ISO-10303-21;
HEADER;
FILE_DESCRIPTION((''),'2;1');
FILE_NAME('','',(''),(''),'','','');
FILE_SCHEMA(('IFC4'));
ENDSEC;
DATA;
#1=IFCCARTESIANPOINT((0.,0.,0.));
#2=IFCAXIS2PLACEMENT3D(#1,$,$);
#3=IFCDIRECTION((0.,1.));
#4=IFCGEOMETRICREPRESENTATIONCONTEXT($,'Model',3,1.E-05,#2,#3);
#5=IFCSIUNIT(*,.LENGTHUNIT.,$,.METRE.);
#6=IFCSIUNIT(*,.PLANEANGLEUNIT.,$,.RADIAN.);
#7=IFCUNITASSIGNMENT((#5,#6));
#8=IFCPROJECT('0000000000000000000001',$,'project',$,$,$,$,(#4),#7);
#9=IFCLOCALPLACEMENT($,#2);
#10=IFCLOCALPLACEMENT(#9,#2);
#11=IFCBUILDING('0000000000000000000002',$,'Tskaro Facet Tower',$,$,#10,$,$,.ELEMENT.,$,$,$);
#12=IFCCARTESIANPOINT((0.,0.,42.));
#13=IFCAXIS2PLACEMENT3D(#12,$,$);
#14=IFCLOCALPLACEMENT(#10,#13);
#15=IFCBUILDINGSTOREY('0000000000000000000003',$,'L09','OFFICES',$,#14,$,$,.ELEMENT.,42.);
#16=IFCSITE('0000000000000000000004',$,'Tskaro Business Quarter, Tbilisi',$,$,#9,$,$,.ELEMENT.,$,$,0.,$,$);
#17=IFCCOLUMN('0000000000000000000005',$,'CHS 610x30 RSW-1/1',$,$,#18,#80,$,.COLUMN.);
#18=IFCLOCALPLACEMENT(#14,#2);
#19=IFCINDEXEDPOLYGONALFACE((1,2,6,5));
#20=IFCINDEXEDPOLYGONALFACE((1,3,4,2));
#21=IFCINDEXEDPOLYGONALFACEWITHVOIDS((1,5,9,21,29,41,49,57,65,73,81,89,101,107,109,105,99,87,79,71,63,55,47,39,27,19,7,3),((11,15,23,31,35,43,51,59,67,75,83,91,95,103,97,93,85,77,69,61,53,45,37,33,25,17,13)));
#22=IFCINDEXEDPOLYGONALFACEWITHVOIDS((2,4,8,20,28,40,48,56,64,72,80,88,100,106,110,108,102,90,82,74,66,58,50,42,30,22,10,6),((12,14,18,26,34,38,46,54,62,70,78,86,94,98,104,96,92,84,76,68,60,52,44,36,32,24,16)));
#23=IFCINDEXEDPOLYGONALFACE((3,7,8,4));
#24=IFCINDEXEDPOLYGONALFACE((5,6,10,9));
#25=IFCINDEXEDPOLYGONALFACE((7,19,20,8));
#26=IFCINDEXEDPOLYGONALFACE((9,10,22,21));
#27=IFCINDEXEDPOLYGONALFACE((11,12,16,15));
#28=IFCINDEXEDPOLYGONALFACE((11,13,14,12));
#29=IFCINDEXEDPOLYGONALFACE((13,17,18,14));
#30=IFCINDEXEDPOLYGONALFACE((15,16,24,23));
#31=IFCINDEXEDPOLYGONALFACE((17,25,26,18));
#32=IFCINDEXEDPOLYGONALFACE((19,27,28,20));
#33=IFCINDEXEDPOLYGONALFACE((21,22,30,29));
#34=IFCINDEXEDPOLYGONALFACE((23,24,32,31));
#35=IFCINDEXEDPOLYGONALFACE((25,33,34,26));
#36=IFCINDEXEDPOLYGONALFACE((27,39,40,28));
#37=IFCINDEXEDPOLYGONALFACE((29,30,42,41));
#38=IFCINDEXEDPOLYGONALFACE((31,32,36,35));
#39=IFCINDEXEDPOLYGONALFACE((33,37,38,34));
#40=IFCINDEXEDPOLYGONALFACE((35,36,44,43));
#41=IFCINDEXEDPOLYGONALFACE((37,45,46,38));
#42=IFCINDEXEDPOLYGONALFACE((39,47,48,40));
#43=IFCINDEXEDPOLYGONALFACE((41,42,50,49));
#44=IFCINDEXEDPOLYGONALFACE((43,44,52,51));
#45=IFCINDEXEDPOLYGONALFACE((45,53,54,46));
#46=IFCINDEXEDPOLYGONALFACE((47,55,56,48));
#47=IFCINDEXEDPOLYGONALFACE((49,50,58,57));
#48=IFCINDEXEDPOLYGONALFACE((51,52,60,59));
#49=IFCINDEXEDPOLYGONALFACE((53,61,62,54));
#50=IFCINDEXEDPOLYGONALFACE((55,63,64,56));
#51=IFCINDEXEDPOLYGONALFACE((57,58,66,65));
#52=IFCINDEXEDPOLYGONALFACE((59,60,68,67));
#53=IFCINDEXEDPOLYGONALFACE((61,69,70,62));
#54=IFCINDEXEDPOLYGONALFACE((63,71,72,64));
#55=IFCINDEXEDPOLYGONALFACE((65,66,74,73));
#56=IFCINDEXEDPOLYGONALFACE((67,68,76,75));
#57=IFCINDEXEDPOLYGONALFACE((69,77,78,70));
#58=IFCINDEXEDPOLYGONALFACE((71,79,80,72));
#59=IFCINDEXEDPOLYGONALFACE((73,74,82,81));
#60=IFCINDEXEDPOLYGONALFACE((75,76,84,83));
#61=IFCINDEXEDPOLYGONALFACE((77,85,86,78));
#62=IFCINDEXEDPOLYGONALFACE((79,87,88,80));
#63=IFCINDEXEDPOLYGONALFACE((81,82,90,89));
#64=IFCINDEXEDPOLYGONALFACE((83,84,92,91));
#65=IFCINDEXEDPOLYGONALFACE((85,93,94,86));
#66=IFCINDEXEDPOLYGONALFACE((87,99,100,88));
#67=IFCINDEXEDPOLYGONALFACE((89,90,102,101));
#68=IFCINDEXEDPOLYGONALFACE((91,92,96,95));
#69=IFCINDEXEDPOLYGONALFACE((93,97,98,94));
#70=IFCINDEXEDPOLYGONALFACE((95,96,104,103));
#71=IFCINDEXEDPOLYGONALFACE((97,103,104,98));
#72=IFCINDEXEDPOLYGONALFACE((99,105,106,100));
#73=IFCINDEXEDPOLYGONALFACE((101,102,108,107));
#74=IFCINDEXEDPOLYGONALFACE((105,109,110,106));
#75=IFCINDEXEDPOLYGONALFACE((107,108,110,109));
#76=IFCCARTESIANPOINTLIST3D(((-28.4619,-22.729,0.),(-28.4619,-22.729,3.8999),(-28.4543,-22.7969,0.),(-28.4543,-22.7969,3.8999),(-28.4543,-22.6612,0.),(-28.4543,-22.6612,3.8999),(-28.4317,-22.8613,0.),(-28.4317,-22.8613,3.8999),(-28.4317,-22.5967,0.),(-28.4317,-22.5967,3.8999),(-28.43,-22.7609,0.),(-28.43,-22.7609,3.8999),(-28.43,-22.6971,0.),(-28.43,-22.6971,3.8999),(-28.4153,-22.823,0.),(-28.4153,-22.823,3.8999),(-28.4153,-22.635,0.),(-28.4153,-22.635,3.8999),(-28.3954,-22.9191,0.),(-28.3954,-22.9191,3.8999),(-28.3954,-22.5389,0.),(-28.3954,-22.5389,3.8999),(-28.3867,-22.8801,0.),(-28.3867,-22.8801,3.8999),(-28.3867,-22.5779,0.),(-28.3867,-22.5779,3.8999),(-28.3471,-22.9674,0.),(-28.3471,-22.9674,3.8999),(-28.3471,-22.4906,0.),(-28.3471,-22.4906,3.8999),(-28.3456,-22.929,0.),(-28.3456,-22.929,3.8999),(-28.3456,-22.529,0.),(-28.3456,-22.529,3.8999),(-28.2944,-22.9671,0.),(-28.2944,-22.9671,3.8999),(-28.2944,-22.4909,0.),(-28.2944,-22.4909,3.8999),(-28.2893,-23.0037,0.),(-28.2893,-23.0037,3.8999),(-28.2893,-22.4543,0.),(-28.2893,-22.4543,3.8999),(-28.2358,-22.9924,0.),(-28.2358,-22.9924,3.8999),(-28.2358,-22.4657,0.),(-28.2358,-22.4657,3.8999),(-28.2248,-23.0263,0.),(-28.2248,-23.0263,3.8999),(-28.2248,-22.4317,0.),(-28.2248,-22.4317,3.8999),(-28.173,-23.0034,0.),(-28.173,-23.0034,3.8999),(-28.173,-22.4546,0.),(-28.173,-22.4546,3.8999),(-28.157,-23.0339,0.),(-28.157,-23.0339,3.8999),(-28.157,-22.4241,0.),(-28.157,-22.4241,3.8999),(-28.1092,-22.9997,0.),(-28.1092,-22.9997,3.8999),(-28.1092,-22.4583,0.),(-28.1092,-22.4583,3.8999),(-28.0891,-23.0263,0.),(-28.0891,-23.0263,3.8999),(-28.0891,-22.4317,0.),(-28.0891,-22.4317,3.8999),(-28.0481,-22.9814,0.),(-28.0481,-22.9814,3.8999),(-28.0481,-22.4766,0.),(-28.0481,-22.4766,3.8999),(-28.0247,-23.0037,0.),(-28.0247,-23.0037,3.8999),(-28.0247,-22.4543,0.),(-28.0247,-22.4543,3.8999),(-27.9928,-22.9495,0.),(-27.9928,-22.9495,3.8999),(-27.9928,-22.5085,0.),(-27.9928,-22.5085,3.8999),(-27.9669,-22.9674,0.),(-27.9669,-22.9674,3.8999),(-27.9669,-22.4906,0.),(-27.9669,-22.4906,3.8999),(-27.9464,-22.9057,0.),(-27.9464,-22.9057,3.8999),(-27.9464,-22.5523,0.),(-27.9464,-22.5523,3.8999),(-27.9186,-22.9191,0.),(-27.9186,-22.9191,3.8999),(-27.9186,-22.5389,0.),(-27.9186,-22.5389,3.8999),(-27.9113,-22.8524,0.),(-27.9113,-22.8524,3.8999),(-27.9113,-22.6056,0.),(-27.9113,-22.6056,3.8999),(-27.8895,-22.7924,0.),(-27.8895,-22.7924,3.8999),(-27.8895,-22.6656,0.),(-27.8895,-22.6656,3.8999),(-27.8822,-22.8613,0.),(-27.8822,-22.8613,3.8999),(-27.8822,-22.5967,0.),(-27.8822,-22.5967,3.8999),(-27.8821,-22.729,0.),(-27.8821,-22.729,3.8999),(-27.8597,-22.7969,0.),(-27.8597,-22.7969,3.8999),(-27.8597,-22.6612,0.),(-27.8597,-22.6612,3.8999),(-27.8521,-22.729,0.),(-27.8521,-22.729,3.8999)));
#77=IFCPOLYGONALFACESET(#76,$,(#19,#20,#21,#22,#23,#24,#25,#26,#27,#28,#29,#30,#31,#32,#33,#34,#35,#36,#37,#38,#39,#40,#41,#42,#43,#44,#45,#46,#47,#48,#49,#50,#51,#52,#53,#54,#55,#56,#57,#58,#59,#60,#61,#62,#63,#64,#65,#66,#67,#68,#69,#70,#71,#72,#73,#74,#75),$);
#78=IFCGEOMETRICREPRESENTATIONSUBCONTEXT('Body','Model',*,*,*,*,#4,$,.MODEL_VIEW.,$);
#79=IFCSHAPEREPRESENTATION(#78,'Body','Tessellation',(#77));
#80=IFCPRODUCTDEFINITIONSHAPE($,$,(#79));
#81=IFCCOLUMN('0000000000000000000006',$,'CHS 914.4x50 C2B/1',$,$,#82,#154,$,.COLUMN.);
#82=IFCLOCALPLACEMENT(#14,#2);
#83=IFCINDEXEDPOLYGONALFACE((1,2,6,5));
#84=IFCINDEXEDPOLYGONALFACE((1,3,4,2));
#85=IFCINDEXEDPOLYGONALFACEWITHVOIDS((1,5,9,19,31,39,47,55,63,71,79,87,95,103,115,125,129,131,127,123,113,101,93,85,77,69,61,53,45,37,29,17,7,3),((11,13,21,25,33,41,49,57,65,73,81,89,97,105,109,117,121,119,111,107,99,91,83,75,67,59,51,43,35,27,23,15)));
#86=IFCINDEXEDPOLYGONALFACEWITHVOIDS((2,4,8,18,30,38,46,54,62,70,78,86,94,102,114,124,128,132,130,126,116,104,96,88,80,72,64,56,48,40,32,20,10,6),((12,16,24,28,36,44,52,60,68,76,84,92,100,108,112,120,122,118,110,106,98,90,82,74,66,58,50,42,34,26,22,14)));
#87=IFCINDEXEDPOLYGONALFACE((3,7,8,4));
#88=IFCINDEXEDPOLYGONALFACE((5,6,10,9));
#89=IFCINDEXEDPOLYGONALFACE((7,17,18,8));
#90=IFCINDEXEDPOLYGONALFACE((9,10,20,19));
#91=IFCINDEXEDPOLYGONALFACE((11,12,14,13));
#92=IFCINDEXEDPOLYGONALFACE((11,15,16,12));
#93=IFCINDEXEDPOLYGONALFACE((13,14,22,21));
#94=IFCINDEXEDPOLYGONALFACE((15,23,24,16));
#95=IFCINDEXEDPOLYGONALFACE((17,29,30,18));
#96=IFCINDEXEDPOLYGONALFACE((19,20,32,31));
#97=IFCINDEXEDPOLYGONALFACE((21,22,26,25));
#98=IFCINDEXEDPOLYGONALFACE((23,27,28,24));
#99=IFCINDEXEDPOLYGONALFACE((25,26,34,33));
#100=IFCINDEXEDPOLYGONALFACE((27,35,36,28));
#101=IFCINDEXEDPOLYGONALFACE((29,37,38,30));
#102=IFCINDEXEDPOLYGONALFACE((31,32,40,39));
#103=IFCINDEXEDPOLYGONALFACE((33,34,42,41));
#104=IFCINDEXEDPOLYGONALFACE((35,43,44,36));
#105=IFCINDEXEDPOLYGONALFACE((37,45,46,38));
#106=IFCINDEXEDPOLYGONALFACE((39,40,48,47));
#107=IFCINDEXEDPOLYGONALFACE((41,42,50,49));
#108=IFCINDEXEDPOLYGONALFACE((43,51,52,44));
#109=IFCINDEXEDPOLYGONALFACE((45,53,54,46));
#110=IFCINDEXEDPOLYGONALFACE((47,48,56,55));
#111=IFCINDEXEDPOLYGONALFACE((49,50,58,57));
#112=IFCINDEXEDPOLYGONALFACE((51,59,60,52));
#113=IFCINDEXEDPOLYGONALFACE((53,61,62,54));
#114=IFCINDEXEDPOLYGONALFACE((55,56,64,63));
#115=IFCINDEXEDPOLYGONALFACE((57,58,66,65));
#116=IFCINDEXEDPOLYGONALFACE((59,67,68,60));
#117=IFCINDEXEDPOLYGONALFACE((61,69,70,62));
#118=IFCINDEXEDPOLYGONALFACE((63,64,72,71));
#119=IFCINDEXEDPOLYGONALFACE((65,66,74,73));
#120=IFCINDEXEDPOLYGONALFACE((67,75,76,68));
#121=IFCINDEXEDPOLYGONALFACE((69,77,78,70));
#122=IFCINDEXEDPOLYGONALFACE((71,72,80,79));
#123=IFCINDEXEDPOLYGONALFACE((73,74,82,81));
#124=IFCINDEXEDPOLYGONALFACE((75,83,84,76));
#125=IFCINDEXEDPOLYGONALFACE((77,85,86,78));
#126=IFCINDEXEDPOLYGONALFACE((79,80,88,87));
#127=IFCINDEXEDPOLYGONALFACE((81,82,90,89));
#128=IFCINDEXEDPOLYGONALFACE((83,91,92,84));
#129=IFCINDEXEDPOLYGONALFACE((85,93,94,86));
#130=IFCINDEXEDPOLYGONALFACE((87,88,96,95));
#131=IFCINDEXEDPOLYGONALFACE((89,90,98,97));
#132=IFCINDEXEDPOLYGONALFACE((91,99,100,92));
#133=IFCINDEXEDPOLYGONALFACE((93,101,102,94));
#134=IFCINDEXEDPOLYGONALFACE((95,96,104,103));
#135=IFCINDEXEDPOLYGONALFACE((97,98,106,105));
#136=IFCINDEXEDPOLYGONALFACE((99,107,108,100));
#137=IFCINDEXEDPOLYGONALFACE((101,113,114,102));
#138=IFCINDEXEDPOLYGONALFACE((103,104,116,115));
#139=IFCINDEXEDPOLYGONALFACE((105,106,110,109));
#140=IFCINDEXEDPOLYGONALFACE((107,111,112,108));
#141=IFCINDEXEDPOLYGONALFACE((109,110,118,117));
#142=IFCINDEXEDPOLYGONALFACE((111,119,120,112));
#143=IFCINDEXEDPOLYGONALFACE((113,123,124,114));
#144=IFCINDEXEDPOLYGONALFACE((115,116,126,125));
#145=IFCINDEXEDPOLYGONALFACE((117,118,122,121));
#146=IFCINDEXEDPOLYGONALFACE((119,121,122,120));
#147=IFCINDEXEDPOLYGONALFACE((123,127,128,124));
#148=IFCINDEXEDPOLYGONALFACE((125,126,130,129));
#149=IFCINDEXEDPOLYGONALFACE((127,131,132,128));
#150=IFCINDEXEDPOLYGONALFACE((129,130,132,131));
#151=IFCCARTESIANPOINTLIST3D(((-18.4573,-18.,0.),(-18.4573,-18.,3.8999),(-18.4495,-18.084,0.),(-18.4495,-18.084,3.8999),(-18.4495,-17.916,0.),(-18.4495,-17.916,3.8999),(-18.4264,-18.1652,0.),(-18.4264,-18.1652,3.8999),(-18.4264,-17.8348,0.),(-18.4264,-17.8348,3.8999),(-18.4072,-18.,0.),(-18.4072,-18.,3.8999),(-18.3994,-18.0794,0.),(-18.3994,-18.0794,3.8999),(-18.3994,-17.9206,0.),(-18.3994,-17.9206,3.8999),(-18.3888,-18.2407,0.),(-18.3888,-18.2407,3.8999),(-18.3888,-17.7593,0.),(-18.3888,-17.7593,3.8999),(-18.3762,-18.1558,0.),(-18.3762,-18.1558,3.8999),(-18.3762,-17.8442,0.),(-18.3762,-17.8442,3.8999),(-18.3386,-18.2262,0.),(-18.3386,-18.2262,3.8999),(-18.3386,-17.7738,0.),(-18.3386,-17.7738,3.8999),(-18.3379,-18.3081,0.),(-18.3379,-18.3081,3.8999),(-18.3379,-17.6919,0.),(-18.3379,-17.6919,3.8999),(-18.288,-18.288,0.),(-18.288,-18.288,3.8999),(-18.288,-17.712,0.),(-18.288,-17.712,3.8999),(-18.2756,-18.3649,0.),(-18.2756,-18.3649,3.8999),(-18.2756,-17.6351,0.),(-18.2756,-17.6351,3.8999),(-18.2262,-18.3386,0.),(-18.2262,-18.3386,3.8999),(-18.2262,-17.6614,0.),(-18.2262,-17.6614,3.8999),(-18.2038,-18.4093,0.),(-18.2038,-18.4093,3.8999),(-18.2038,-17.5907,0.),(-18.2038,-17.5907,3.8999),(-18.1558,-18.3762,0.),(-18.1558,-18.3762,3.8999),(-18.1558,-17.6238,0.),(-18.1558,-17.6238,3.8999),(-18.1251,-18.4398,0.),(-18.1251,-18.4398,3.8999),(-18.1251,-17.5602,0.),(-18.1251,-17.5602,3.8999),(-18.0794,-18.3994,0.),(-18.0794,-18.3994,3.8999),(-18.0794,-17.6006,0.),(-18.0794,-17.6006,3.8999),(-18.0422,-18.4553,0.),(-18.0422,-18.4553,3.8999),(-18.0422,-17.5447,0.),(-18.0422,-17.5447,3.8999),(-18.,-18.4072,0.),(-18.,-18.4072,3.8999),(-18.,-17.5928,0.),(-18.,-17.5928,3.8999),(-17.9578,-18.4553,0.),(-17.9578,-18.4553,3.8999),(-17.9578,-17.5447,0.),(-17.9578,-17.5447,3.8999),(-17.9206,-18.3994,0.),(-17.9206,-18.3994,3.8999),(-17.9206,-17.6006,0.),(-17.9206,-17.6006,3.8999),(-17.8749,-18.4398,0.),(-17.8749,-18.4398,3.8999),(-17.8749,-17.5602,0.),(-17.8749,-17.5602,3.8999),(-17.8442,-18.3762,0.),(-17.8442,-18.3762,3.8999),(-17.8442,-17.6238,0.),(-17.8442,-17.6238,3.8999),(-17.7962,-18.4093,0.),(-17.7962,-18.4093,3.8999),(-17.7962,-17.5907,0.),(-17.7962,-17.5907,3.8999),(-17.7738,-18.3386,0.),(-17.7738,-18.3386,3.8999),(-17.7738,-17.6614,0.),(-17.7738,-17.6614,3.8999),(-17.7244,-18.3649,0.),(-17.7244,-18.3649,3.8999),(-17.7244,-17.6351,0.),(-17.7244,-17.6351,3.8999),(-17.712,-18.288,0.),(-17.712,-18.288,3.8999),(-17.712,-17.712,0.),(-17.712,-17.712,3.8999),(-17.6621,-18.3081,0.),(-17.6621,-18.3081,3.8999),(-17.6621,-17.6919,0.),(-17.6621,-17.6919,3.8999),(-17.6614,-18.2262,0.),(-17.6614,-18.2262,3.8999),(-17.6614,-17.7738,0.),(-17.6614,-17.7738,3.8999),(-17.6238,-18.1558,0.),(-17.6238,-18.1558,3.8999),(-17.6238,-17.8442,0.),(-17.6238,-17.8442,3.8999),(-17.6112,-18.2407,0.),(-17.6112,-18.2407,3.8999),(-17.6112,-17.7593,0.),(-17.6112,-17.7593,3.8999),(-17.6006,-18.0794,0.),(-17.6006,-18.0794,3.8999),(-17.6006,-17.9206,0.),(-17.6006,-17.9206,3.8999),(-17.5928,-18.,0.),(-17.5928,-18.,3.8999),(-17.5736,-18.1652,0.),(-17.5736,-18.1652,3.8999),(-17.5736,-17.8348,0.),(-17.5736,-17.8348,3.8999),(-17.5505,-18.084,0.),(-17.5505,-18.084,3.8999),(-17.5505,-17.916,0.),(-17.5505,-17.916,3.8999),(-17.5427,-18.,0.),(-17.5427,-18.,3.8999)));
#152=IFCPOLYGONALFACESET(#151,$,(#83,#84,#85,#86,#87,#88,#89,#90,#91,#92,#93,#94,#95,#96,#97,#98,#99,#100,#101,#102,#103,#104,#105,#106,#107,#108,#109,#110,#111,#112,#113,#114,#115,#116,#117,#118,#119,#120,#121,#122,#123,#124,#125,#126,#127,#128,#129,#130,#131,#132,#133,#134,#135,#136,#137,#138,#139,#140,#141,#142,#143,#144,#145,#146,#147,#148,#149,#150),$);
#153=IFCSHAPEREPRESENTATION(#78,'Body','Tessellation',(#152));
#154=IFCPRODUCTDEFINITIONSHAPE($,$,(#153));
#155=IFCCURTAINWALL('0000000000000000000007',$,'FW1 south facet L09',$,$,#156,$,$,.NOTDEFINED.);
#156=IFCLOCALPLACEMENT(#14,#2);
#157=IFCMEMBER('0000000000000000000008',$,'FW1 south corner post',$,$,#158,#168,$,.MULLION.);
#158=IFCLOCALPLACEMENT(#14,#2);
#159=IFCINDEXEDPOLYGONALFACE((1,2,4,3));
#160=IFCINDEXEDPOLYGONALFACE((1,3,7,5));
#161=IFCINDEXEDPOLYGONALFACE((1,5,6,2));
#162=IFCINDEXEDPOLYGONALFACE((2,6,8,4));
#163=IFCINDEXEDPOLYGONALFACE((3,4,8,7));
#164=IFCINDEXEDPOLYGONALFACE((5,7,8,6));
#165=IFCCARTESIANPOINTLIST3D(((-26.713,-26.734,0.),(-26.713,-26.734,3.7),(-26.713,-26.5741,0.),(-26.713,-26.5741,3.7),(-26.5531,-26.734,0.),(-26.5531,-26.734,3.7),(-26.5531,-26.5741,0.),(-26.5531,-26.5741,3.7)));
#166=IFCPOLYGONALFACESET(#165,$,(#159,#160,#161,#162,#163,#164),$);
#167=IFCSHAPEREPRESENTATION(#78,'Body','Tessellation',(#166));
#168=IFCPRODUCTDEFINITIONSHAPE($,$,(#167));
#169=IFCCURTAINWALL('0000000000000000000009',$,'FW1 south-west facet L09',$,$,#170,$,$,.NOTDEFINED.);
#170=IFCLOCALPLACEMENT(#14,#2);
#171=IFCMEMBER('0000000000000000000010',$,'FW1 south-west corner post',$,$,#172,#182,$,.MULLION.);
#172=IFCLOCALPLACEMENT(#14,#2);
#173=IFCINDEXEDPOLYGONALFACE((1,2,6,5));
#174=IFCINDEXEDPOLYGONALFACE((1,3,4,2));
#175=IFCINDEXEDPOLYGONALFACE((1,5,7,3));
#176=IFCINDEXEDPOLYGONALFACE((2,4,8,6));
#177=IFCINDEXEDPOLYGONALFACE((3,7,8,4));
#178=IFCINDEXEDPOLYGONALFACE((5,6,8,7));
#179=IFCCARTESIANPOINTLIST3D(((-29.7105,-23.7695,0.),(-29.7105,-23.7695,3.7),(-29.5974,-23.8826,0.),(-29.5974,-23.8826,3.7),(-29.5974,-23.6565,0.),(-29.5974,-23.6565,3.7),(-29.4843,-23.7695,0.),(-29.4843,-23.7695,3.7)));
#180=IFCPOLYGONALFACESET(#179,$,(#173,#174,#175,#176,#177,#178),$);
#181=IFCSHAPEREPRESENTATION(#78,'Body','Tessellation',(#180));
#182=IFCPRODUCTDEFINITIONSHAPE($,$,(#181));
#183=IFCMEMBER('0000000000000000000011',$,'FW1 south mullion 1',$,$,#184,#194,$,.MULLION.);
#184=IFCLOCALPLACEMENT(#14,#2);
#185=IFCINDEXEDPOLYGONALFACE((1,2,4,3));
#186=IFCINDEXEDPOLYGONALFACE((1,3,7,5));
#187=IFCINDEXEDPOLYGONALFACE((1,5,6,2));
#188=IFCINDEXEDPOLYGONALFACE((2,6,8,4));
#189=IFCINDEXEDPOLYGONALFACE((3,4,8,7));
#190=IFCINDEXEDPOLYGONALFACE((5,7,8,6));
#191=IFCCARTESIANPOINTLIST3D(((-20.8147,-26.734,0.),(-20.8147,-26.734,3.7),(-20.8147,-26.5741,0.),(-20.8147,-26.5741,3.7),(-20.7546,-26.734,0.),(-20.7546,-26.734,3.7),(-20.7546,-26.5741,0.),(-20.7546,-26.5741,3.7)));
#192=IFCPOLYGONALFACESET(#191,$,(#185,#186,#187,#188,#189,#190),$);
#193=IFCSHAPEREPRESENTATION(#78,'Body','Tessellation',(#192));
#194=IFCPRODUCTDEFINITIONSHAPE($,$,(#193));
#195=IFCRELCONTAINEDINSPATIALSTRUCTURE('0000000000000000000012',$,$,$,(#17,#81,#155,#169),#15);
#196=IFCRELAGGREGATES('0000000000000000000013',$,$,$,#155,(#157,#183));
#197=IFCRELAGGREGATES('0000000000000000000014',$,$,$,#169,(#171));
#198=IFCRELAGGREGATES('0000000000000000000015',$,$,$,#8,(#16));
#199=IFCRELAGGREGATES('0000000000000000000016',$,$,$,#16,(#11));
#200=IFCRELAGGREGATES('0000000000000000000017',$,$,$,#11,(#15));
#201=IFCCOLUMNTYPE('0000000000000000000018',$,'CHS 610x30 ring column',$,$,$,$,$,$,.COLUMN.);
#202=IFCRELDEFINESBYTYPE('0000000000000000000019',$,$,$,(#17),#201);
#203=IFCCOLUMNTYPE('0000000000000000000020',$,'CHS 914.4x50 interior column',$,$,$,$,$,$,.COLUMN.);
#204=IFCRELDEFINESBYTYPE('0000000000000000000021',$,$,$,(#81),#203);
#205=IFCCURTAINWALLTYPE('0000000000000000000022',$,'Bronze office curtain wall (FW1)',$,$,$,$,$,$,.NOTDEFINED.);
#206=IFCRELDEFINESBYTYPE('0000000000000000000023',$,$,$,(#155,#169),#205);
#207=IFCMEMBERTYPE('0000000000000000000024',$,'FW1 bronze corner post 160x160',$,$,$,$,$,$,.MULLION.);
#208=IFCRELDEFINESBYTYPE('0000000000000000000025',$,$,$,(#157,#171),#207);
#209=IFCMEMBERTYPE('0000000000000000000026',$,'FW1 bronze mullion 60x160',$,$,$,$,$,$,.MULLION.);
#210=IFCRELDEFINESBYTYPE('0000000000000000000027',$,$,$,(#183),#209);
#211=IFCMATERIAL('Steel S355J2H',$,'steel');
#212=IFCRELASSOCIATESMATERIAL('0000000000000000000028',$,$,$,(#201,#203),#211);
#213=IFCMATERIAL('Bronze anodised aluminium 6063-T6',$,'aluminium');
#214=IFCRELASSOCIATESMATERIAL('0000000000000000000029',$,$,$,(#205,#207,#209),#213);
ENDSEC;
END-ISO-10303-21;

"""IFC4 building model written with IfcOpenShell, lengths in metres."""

from ifc_helpers import new_model, si_unit, direction, frame, origin, origin_2d, place, context, subcontext, project, spatial, rectangle, hollow_circle, extrude, material, material_profile, profile_set, type_object, element, aggregate, save


model = new_model("IFC4")

# Units and contexts
model_context = context("Model", 3, precision=1e-05, world=origin(), true_north=direction((0.0, 1.0)))
body_context = subcontext(model_context, "Body", "Model", "MODEL_VIEW")
ifc_project = project(units=[si_unit("LENGTHUNIT", "METRE"), si_unit("PLANEANGLEUNIT", "RADIAN")], contexts=[model_context])

# Site, building, storey
site_placement = place(None, origin())
site = spatial("IfcSite", under=ifc_project, at=site_placement, Name="Tskaro Business Quarter, Tbilisi", CompositionType="ELEMENT", RefElevation=0.0)
building_placement = place(site_placement, origin())
building = spatial("IfcBuilding", under=site, at=building_placement, Name="Tskaro Facet Tower", CompositionType="ELEMENT")
storey_placement = place(building_placement, frame((0.0, 0.0, 42.0)))
storey = spatial("IfcBuildingStorey", under=building, at=storey_placement, Name="L09", Description="OFFICES", CompositionType="ELEMENT", Elevation=42.0)

# Columns
ifc_material_1 = material(Name="Steel S355J2H", Category="steel")
ifc_material_profile_1 = material_profile(ifc_material_1, hollow_circle(Radius=0.3049, WallThickness=0.03, at=origin_2d()), Name="CHS 610x30")
ifc_profile_set_1 = profile_set([ifc_material_profile_1], Name="Steel S355J2H")
column_type_1 = type_object("IfcColumnType", Name="CHS 610x30 ring column", PredefinedType="COLUMN", material=ifc_profile_set_1)
for number, where, z_axis, x_axis, name in (
    (1, (-28.157, -22.729, 0.0), (0.0, 0.0, 1.0), (1.0, 0.0, 0.0), "CHS 610x30 RSW-1/1"),
):
    element("IfcColumn", number, at=place(storey_placement, frame(where, z_axis=z_axis, x_axis=x_axis)), inside=storey, type_object=column_type_1, Name=name, PredefinedType="COLUMN", context=body_context, shape_type="SweptSolid", body=[
        extrude(hollow_circle(Radius=0.3049, WallThickness=0.03, at=origin_2d()), origin(), (0.0, 0.0, 1.0), 3.8999),
    ])
ifc_material_profile_2 = material_profile(ifc_material_1, hollow_circle(Radius=0.4573, WallThickness=0.05, at=origin_2d()), Name="CHS 914.4x50")
ifc_profile_set_2 = profile_set([ifc_material_profile_2], Name="Steel S355J2H")
column_type_2 = type_object("IfcColumnType", Name="CHS 914.4x50 interior column", PredefinedType="COLUMN", material=ifc_profile_set_2)
column_placement = place(storey_placement, frame((-18.0, -18.0, 0.0), z_axis=(0.0, 0.0, 1.0), x_axis=(1.0, 0.0, 0.0)))
element("IfcColumn", 2, at=column_placement, inside=storey, type_object=column_type_2, Name="CHS 914.4x50 C2B/1", PredefinedType="COLUMN", context=body_context, shape_type="SweptSolid", body=[
    extrude(hollow_circle(Radius=0.4573, WallThickness=0.05, at=origin_2d()), origin(), (0.0, 0.0, 1.0), 3.8999),
])

# Curtain walls, members
ifc_material_2 = material(Name="Bronze anodised aluminium 6063-T6", Category="aluminium")
curtain_wall_type = type_object("IfcCurtainWallType", Name="Bronze office curtain wall (FW1)", PredefinedType="NOTDEFINED", material=ifc_material_2)
curtain_wall_1_placement = place(storey_placement, origin())
curtain_wall_1 = element("IfcCurtainWall", 3, at=curtain_wall_1_placement, inside=storey, type_object=curtain_wall_type, Name="FW1 south facet L09", PredefinedType="NOTDEFINED")
ifc_material_profile_3 = material_profile(ifc_material_2, rectangle(XDim=0.1599, YDim=0.1599, at=origin_2d()), Name="Corner post 160x160")
ifc_profile_set_3 = profile_set([ifc_material_profile_3], Name="Bronze anodised aluminium 6063-T6")
member_type_1 = type_object("IfcMemberType", Name="FW1 bronze corner post 160x160", PredefinedType="MULLION", material=ifc_profile_set_3)
member_1_placement = place(storey_placement, frame((-26.6331, -26.6541, 0.0), z_axis=(0.0, 0.0, 1.0), x_axis=(1.0, 0.0, 0.0)))
member_1 = element("IfcMember", 4, at=member_1_placement, type_object=member_type_1, Name="FW1 south corner post", PredefinedType="MULLION", context=body_context, shape_type="SweptSolid", body=[
    extrude(rectangle(XDim=0.1599, YDim=0.1599, at=origin_2d()), origin(), (0.0, 0.0, 1.0), 3.7),
])
curtain_wall_2_placement = place(storey_placement, origin())
curtain_wall_2 = element("IfcCurtainWall", 5, at=curtain_wall_2_placement, inside=storey, type_object=curtain_wall_type, Name="FW1 south-west facet L09", PredefinedType="NOTDEFINED")
member_2_placement = place(storey_placement, frame((-29.5974, -23.7695, 0.0), z_axis=(0.0, 0.0, 1.0), x_axis=(0.707107, -0.707107, 0.0)))
member_2 = element("IfcMember", 6, at=member_2_placement, type_object=member_type_1, Name="FW1 south-west corner post", PredefinedType="MULLION", context=body_context, shape_type="SweptSolid", body=[
    extrude(rectangle(XDim=0.1599, YDim=0.1599, at=origin_2d()), origin(), (0.0, 0.0, 1.0), 3.7),
])

# Member
ifc_material_profile_4 = material_profile(ifc_material_2, rectangle(XDim=0.0601, YDim=0.1599, at=origin_2d()), Name="Mullion 60x160")
ifc_profile_set_4 = profile_set([ifc_material_profile_4], Name="Bronze anodised aluminium 6063-T6")
member_type_2 = type_object("IfcMemberType", Name="FW1 bronze mullion 60x160", PredefinedType="MULLION", material=ifc_profile_set_4)
member_3_placement = place(storey_placement, frame((-20.7847, -26.6541, 0.0), z_axis=(0.0, 0.0, 1.0), x_axis=(1.0, 0.0, 0.0)))
member_3 = element("IfcMember", 7, at=member_3_placement, type_object=member_type_2, Name="FW1 south mullion 1", PredefinedType="MULLION", context=body_context, shape_type="SweptSolid", body=[
    extrude(rectangle(XDim=0.0601, YDim=0.1599, at=origin_2d()), origin(), (0.0, 0.0, 1.0), 3.7),
])

aggregate(curtain_wall_1, [member_1, member_3])
aggregate(curtain_wall_2, [member_2])

save(model, "model.ifc")
